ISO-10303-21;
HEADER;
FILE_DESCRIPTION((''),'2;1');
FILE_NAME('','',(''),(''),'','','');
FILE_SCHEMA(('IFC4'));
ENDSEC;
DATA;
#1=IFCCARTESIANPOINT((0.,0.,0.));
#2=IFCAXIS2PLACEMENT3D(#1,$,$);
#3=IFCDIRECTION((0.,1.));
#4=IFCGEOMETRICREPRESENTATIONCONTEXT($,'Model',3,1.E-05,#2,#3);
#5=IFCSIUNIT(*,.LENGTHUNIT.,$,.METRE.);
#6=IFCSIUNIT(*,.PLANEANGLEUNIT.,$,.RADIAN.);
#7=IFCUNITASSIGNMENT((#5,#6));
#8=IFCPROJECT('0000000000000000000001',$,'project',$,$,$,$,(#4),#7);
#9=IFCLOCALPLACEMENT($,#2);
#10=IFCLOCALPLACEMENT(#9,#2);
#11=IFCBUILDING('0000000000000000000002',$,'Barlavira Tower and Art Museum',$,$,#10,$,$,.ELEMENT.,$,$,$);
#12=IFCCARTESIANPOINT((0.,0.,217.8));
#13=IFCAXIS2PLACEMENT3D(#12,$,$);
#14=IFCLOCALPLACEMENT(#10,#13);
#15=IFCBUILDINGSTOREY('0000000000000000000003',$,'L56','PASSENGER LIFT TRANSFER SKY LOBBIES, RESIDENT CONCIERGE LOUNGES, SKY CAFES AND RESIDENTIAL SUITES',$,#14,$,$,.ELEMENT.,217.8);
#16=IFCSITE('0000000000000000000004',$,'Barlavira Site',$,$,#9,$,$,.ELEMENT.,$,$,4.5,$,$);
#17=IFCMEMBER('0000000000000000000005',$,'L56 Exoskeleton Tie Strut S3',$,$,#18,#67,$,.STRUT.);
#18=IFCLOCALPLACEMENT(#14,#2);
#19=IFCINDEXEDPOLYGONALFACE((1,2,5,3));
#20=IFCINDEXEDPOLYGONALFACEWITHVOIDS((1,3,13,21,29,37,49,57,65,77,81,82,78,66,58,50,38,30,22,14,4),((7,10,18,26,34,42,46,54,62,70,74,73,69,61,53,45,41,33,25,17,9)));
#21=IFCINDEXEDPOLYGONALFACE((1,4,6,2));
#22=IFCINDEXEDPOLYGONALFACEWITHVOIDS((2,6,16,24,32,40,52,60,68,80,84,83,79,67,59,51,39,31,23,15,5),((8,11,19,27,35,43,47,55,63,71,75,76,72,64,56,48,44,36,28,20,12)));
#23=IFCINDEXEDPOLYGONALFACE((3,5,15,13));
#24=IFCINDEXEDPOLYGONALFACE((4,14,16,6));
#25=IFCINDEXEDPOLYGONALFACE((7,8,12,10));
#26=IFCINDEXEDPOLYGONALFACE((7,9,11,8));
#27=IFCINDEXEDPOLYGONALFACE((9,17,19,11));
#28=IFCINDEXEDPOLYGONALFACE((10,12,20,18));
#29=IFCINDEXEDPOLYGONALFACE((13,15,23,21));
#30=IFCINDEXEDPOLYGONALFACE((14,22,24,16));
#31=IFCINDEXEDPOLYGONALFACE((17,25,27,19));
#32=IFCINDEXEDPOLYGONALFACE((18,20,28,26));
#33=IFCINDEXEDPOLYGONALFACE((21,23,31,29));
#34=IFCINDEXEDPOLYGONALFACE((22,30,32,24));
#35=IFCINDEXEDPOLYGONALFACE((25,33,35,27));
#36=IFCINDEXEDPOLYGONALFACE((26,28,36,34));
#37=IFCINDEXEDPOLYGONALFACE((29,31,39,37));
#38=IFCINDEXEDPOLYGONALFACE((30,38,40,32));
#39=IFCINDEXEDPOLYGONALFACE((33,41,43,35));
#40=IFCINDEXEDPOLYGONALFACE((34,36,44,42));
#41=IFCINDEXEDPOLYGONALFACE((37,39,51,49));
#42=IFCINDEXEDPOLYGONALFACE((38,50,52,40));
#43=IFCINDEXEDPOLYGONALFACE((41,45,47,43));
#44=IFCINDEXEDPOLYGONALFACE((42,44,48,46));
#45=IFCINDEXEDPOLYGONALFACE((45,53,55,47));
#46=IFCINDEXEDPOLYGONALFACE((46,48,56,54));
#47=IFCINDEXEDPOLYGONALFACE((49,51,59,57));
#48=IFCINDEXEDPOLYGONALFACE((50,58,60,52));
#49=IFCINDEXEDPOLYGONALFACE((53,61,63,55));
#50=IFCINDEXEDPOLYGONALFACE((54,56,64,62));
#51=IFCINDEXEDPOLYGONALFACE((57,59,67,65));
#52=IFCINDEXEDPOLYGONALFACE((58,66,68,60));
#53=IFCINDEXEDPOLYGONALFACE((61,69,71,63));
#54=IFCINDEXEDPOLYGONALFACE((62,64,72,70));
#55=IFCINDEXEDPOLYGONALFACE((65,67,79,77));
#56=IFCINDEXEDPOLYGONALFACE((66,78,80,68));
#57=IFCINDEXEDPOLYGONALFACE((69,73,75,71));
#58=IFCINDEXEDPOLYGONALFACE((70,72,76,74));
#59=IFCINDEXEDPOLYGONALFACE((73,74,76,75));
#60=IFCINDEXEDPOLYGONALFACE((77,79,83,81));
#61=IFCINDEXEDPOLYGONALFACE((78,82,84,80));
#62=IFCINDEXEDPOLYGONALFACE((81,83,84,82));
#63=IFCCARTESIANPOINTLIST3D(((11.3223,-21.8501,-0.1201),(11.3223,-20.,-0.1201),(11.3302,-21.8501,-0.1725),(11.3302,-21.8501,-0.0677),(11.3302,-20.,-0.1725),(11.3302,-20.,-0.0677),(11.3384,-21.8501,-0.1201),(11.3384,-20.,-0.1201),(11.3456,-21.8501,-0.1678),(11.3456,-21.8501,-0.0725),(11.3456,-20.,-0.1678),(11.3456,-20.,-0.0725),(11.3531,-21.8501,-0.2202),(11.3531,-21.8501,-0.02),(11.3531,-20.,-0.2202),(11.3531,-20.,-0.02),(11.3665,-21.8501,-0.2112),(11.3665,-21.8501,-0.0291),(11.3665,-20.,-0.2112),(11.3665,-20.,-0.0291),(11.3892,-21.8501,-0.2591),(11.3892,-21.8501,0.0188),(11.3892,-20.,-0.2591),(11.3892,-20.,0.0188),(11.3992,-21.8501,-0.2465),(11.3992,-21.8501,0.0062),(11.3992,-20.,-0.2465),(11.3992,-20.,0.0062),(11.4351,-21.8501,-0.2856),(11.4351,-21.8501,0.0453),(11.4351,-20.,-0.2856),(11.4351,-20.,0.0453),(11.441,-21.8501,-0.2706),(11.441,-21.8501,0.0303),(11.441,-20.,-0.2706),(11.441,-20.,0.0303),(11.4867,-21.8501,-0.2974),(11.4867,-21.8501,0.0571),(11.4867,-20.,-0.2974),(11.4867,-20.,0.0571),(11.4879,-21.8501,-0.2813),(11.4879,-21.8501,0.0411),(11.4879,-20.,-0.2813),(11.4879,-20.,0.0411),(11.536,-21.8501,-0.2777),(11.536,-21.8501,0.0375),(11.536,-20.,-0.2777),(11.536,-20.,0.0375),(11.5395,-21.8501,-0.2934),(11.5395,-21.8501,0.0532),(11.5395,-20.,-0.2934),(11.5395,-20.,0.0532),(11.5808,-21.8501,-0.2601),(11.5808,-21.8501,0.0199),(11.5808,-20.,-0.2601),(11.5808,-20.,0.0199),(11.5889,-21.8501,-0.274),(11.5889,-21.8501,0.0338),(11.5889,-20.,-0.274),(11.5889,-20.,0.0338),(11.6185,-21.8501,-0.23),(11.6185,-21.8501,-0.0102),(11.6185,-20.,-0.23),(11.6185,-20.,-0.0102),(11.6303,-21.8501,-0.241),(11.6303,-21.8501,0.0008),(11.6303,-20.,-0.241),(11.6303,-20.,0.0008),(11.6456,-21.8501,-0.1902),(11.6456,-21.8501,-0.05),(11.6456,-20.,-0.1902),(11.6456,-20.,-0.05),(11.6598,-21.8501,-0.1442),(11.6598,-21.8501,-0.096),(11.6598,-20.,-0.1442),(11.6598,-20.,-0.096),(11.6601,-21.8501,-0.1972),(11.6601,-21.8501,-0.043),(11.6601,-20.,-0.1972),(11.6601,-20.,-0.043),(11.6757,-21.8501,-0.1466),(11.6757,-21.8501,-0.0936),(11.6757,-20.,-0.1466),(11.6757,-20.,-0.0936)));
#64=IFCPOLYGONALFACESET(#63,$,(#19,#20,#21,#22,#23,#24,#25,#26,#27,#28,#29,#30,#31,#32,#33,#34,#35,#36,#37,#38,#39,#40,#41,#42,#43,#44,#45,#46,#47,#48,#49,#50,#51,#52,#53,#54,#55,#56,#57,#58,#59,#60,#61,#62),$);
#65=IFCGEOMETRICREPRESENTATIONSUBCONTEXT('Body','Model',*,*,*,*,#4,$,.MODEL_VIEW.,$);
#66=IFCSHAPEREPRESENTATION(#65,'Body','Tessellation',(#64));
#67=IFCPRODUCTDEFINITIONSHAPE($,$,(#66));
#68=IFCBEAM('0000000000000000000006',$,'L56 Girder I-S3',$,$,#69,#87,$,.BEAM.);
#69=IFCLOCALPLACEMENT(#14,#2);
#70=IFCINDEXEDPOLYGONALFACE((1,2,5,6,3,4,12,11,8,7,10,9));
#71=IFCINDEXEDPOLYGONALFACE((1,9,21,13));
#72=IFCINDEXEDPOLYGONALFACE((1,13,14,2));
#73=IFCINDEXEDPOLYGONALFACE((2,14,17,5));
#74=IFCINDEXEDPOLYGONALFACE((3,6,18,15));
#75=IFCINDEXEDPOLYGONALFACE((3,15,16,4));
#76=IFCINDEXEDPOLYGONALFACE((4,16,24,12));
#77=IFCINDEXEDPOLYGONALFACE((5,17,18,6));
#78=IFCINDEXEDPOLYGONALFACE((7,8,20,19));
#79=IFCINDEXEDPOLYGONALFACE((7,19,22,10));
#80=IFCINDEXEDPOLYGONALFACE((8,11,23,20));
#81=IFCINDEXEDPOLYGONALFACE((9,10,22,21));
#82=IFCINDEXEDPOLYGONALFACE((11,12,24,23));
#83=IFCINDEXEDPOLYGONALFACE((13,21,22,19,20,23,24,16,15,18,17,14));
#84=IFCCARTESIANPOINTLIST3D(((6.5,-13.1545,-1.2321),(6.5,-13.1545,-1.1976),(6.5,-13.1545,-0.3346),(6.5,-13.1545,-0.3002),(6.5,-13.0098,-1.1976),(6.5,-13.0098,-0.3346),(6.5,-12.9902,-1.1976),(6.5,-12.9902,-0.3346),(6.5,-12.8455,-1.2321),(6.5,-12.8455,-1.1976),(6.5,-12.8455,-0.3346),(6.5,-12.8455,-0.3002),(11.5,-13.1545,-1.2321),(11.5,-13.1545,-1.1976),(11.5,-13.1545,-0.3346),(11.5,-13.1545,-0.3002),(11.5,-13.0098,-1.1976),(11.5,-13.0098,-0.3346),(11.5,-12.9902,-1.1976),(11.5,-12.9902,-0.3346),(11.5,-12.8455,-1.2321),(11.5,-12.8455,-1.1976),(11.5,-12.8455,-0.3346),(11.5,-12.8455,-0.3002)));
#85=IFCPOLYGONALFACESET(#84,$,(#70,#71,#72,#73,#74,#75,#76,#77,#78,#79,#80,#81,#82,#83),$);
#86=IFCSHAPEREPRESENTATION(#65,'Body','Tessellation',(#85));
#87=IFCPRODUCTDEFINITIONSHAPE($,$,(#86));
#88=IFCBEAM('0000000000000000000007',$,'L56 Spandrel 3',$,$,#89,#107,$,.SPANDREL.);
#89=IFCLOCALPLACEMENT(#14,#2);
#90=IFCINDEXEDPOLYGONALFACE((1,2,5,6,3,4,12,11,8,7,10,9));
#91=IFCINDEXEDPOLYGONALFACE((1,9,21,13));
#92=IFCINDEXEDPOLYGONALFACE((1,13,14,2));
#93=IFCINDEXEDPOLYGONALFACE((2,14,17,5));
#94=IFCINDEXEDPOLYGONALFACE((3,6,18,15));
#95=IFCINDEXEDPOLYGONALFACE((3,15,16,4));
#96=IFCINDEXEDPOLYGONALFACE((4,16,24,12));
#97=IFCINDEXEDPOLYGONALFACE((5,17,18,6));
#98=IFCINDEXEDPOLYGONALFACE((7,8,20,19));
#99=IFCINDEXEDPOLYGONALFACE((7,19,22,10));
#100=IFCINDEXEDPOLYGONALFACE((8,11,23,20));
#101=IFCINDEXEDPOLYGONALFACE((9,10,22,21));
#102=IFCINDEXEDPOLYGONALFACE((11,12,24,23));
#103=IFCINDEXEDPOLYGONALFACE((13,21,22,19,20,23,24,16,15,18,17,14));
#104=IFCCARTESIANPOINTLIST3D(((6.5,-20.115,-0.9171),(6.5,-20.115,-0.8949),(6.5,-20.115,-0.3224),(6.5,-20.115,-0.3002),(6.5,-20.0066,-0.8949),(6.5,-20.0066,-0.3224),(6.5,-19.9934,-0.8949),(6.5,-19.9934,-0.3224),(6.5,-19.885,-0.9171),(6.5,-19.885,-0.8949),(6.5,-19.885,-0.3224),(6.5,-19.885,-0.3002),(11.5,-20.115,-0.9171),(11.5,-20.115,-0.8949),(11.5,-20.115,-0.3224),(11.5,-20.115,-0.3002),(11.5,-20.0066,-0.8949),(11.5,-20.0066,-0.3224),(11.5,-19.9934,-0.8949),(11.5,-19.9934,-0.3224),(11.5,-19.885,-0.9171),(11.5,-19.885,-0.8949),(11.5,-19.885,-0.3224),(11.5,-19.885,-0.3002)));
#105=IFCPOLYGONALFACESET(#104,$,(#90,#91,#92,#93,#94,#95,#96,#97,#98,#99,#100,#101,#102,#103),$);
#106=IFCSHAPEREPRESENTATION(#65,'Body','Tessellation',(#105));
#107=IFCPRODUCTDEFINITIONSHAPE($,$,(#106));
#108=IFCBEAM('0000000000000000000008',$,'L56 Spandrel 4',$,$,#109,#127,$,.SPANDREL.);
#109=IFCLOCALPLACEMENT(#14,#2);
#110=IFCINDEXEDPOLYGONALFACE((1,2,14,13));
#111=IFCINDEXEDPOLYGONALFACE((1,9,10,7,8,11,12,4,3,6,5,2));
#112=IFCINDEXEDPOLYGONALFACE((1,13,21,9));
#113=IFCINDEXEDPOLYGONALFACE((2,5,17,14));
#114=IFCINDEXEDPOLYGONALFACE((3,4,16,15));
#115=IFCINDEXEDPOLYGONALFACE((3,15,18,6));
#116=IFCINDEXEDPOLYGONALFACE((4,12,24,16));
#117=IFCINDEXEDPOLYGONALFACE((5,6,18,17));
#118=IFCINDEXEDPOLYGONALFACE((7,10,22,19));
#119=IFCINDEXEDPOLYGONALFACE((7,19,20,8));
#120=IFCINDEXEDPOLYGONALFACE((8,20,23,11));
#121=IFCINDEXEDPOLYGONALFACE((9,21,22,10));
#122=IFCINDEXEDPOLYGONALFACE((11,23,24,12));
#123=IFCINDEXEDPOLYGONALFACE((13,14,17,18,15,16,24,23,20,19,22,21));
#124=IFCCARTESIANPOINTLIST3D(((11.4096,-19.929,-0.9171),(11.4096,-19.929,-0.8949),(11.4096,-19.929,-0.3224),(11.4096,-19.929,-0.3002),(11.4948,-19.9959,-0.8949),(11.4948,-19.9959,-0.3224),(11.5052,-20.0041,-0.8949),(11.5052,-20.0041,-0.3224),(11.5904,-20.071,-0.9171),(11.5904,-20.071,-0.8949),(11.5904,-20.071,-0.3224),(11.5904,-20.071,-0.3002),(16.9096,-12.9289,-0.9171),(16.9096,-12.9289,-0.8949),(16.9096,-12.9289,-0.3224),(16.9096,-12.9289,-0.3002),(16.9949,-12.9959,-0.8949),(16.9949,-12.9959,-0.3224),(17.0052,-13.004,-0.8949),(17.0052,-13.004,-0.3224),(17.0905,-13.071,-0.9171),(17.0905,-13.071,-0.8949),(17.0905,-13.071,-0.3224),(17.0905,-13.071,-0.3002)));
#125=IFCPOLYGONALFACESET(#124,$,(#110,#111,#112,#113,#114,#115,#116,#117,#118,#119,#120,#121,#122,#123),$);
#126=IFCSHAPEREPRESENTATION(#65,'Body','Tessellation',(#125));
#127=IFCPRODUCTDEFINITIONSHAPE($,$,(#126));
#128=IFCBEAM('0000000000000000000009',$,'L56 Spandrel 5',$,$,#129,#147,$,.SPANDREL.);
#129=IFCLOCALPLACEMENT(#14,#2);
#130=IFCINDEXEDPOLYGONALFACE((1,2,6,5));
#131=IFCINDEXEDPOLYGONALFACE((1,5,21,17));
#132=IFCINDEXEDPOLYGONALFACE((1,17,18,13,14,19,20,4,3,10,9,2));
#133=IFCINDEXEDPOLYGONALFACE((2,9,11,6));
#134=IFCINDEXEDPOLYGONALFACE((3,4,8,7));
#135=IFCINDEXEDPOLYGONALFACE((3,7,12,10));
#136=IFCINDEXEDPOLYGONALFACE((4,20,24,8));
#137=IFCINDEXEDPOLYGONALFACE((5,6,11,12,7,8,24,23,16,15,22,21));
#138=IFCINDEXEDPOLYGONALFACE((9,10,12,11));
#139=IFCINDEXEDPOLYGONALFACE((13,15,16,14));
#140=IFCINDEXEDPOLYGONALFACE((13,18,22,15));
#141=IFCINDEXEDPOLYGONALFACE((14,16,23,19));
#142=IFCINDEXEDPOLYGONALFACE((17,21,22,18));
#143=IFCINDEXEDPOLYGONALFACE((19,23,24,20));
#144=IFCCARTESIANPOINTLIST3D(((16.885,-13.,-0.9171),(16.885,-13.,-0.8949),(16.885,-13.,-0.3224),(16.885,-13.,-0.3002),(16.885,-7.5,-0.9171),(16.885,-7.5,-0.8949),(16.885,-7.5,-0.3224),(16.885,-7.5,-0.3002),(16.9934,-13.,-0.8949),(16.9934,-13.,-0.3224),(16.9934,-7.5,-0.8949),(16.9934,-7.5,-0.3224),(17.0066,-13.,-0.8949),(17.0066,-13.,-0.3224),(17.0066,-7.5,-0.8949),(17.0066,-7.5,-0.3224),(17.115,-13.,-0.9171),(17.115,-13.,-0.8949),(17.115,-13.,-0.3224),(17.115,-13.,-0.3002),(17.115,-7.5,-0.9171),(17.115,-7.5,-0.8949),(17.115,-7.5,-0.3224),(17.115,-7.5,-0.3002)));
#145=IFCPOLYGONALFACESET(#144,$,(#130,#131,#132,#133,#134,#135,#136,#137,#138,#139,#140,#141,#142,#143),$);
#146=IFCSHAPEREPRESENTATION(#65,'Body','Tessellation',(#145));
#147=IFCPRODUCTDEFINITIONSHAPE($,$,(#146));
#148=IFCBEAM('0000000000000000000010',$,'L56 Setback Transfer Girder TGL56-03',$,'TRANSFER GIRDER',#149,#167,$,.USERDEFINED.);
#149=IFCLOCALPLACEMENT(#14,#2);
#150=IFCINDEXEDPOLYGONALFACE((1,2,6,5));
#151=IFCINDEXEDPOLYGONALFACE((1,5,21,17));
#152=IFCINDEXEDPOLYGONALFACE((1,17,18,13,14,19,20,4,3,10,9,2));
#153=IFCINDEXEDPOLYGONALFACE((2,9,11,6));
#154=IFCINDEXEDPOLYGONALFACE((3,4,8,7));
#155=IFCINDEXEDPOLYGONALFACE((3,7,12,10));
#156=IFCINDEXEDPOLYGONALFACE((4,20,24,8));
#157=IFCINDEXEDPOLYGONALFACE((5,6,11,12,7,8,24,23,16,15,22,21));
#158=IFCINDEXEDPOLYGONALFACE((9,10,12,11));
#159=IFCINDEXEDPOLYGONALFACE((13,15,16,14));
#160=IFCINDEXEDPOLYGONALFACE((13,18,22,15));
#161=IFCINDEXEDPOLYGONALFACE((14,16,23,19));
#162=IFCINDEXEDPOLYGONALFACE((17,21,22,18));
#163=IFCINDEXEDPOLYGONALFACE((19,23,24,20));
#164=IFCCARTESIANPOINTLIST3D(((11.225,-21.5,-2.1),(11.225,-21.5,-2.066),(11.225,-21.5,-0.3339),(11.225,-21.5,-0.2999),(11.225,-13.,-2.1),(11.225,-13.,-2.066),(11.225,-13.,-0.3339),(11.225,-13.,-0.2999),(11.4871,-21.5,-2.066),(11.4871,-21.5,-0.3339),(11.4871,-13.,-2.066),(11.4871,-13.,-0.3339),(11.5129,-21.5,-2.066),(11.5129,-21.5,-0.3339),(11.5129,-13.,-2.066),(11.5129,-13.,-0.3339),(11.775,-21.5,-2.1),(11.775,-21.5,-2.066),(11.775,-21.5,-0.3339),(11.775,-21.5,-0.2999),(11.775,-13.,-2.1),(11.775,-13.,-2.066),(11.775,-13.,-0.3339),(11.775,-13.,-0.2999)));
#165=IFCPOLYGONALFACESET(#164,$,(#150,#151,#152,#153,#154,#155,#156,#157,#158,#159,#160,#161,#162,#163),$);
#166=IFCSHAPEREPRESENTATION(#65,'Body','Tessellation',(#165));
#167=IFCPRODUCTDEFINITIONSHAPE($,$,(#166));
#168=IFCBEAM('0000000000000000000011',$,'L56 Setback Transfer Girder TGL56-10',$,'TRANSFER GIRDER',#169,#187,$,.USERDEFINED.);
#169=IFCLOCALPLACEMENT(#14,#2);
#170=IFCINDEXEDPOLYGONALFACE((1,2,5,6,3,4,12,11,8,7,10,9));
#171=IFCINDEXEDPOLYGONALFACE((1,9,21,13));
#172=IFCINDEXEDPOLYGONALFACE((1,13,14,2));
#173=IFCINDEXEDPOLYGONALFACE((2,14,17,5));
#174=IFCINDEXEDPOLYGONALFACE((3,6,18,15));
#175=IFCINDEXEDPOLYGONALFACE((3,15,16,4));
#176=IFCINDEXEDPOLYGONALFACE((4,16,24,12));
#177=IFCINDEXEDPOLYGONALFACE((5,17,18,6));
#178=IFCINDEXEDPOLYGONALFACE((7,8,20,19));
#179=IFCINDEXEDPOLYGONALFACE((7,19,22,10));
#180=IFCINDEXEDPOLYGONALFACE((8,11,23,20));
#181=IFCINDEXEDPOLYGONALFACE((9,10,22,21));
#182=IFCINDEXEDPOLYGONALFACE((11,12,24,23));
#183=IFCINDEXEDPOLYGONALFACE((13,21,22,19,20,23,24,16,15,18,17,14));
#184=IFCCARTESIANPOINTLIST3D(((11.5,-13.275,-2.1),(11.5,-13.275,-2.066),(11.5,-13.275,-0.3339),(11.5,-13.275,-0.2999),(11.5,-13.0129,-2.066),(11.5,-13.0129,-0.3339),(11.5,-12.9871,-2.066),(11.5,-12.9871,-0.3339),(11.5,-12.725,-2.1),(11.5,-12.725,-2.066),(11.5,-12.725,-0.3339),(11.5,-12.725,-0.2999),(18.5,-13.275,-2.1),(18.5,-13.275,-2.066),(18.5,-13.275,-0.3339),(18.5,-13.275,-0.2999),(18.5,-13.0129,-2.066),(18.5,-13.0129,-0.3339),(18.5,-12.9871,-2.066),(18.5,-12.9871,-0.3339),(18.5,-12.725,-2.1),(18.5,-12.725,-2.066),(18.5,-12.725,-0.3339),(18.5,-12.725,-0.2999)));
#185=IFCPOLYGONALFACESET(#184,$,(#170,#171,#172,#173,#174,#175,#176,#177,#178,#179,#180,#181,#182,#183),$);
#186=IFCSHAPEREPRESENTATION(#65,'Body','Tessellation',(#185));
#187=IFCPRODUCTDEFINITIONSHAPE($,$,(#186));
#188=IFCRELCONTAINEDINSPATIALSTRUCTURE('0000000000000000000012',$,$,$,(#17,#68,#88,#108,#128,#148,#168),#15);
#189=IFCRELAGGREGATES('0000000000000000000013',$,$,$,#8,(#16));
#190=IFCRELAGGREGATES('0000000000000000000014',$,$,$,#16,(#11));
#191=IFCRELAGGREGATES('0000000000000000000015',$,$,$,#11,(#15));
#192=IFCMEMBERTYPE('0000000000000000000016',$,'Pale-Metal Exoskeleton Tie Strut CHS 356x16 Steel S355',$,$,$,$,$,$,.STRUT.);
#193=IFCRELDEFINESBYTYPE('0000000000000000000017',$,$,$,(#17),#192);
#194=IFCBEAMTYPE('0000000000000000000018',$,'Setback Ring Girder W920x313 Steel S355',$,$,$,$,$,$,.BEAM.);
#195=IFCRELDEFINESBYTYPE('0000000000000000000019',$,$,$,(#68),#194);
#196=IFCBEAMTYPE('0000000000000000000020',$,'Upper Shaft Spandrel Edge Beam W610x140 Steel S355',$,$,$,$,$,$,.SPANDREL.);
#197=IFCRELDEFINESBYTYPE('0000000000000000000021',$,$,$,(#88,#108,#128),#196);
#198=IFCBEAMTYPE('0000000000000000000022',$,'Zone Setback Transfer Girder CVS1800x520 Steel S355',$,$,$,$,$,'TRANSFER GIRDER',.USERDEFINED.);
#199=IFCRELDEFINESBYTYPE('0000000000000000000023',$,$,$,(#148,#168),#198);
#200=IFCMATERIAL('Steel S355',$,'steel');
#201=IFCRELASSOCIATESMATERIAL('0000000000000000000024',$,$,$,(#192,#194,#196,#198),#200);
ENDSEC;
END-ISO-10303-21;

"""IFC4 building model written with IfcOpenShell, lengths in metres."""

from ifc_helpers import new_model, si_unit, direction, frame, origin, origin_2d, place, context, subcontext, project, spatial, hollow_circle, i_section, extrude, material, material_profile, profile_set, type_object, element, save


model = new_model("IFC4")

# Units and contexts
model_context = context("Model", 3, precision=1e-05, world=origin(), true_north=direction((0.0, 1.0)))
body_context = subcontext(model_context, "Body", "Model", "MODEL_VIEW")
ifc_project = project(units=[si_unit("LENGTHUNIT", "METRE"), si_unit("PLANEANGLEUNIT", "RADIAN")], contexts=[model_context])

# Site, building, storey
site_placement = place(None, origin())
site = spatial("IfcSite", under=ifc_project, at=site_placement, Name="Barlavira Site", CompositionType="ELEMENT", RefElevation=4.5)
building_placement = place(site_placement, origin())
building = spatial("IfcBuilding", under=site, at=building_placement, Name="Barlavira Tower and Art Museum", CompositionType="ELEMENT")
storey_placement = place(building_placement, frame((0.0, 0.0, 217.8)))
storey = spatial("IfcBuildingStorey", under=building, at=storey_placement, Name="L56", Description="PASSENGER LIFT TRANSFER SKY LOBBIES, RESIDENT CONCIERGE LOUNGES, SKY CAFES AND RESIDENTIAL SUITES", CompositionType="ELEMENT", Elevation=217.8)

# Member
ifc_material_1 = material(Name="Steel S355", Category="steel")
ifc_material_profile_1 = material_profile(ifc_material_1, hollow_circle(Radius=0.1777, WallThickness=0.0161, at=origin_2d()), Name="CHS 355.6x16.0")
ifc_profile_set_1 = profile_set([ifc_material_profile_1], Name="Steel S355")
member_type_1 = type_object("IfcMemberType", Name="Pale-Metal Exoskeleton Tie Strut CHS 356x16 Steel S355", PredefinedType="STRUT", material=ifc_profile_set_1)
member_1_placement = place(storey_placement, frame((11.5, -21.8501, -0.1201), z_axis=(0.0, 1.0, 0.0), x_axis=(-1.0, 0.0, 0.0)))
element("IfcMember", 1, at=member_1_placement, inside=storey, type_object=member_type_1, Name="L56 Exoskeleton Tie Strut S3", PredefinedType="STRUT", context=body_context, shape_type="SweptSolid", body=[
    extrude(hollow_circle(Radius=0.1777, WallThickness=0.0161, at=origin_2d()), origin(), (0.0, 0.0, 1.0), 1.8501),
])

# Beams
ifc_material_profile_2 = material_profile(ifc_material_1, i_section(OverallWidth=0.3091, OverallDepth=0.9319, WebThickness=0.0195, FlangeThickness=0.0344, at=origin_2d()), Name="W920x313.0")
ifc_profile_set_2 = profile_set([ifc_material_profile_2], Name="Steel S355")
beam_type_1 = type_object("IfcBeamType", Name="Setback Ring Girder W920x313 Steel S355", PredefinedType="BEAM", material=ifc_profile_set_2)
beam_1_placement = place(storey_placement, frame((6.5, -13.0, -0.7661), z_axis=(1.0, 0.0, 0.0), x_axis=(0.0, 1.0, 0.0)))
element("IfcBeam", 2, at=beam_1_placement, inside=storey, type_object=beam_type_1, Name="L56 Girder I-S3", PredefinedType="BEAM", context=body_context, shape_type="SweptSolid", body=[
    extrude(i_section(OverallWidth=0.3091, OverallDepth=0.9319, WebThickness=0.0195, FlangeThickness=0.0344, at=origin_2d()), origin(), (0.0, 0.0, 1.0), 5.0),
])
ifc_material_profile_3 = material_profile(ifc_material_1, i_section(OverallWidth=0.23, OverallDepth=0.6169, WebThickness=0.0132, FlangeThickness=0.0222, at=origin_2d()), Name="W610x140.0")
ifc_profile_set_3 = profile_set([ifc_material_profile_3], Name="Steel S355")
beam_type_2 = type_object("IfcBeamType", Name="Upper Shaft Spandrel Edge Beam W610x140 Steel S355", PredefinedType="SPANDREL", material=ifc_profile_set_3)
beam_2_placement = place(storey_placement, frame((6.5, -20.0, -0.6086), z_axis=(1.0, 0.0, 0.0), x_axis=(0.0, 1.0, 0.0)))
element("IfcBeam", 3, at=beam_2_placement, inside=storey, type_object=beam_type_2, Name="L56 Spandrel 3", PredefinedType="SPANDREL", context=body_context, shape_type="SweptSolid", body=[
    extrude(i_section(OverallWidth=0.23, OverallDepth=0.6169, WebThickness=0.0132, FlangeThickness=0.0222, at=origin_2d()), origin(), (0.0, 0.0, 1.0), 5.0),
])
beam_3_placement = place(storey_placement, frame((11.5, -20.0, -0.6086), z_axis=(0.617822, 0.786318, 0.0), x_axis=(-0.786318, 0.617822, 0.0)))
element("IfcBeam", 4, at=beam_3_placement, inside=storey, type_object=beam_type_2, Name="L56 Spandrel 4", PredefinedType="SPANDREL", context=body_context, shape_type="SweptSolid", body=[
    extrude(i_section(OverallWidth=0.23, OverallDepth=0.6169, WebThickness=0.0132, FlangeThickness=0.0222, at=origin_2d()), origin(), (0.0, 0.0, 1.0), 8.9023),
])
beam_4_placement = place(storey_placement, frame((17.0, -13.0, -0.6086), z_axis=(0.0, 1.0, 0.0), x_axis=(-1.0, 0.0, 0.0)))
element("IfcBeam", 5, at=beam_4_placement, inside=storey, type_object=beam_type_2, Name="L56 Spandrel 5", PredefinedType="SPANDREL", context=body_context, shape_type="SweptSolid", body=[
    extrude(i_section(OverallWidth=0.23, OverallDepth=0.6169, WebThickness=0.0132, FlangeThickness=0.0222, at=origin_2d()), origin(), (0.0, 0.0, 1.0), 5.5),
])
ifc_material_profile_4 = material_profile(ifc_material_1, i_section(OverallWidth=0.55, OverallDepth=1.8, WebThickness=0.0259, FlangeThickness=0.0339, at=origin_2d()), Name="CVS1800x520")
ifc_profile_set_4 = profile_set([ifc_material_profile_4], Name="Steel S355")
beam_type_3 = type_object("IfcBeamType", Name="Zone Setback Transfer Girder CVS1800x520 Steel S355", ElementType="TRANSFER GIRDER", PredefinedType="USERDEFINED", material=ifc_profile_set_4)
beam_5_placement = place(storey_placement, frame((11.5, -21.5, -1.2), z_axis=(0.0, 1.0, 0.0), x_axis=(-1.0, 0.0, 0.0)))
element("IfcBeam", 6, at=beam_5_placement, inside=storey, type_object=beam_type_3, Name="L56 Setback Transfer Girder TGL56-03", ObjectType="TRANSFER GIRDER", PredefinedType="USERDEFINED", context=body_context, shape_type="SweptSolid", body=[
    extrude(i_section(OverallWidth=0.55, OverallDepth=1.8, WebThickness=0.0259, FlangeThickness=0.0339, at=origin_2d()), origin(), (0.0, 0.0, 1.0), 8.5),
])
beam_6_placement = place(storey_placement, frame((11.5, -13.0, -1.2), z_axis=(1.0, 0.0, 0.0), x_axis=(0.0, 1.0, 0.0)))
element("IfcBeam", 7, at=beam_6_placement, inside=storey, type_object=beam_type_3, Name="L56 Setback Transfer Girder TGL56-10", ObjectType="TRANSFER GIRDER", PredefinedType="USERDEFINED", context=body_context, shape_type="SweptSolid", body=[
    extrude(i_section(OverallWidth=0.55, OverallDepth=1.8, WebThickness=0.0259, FlangeThickness=0.0339, at=origin_2d()), origin(), (0.0, 0.0, 1.0), 7.0),
])

save(model, "model.ifc")
